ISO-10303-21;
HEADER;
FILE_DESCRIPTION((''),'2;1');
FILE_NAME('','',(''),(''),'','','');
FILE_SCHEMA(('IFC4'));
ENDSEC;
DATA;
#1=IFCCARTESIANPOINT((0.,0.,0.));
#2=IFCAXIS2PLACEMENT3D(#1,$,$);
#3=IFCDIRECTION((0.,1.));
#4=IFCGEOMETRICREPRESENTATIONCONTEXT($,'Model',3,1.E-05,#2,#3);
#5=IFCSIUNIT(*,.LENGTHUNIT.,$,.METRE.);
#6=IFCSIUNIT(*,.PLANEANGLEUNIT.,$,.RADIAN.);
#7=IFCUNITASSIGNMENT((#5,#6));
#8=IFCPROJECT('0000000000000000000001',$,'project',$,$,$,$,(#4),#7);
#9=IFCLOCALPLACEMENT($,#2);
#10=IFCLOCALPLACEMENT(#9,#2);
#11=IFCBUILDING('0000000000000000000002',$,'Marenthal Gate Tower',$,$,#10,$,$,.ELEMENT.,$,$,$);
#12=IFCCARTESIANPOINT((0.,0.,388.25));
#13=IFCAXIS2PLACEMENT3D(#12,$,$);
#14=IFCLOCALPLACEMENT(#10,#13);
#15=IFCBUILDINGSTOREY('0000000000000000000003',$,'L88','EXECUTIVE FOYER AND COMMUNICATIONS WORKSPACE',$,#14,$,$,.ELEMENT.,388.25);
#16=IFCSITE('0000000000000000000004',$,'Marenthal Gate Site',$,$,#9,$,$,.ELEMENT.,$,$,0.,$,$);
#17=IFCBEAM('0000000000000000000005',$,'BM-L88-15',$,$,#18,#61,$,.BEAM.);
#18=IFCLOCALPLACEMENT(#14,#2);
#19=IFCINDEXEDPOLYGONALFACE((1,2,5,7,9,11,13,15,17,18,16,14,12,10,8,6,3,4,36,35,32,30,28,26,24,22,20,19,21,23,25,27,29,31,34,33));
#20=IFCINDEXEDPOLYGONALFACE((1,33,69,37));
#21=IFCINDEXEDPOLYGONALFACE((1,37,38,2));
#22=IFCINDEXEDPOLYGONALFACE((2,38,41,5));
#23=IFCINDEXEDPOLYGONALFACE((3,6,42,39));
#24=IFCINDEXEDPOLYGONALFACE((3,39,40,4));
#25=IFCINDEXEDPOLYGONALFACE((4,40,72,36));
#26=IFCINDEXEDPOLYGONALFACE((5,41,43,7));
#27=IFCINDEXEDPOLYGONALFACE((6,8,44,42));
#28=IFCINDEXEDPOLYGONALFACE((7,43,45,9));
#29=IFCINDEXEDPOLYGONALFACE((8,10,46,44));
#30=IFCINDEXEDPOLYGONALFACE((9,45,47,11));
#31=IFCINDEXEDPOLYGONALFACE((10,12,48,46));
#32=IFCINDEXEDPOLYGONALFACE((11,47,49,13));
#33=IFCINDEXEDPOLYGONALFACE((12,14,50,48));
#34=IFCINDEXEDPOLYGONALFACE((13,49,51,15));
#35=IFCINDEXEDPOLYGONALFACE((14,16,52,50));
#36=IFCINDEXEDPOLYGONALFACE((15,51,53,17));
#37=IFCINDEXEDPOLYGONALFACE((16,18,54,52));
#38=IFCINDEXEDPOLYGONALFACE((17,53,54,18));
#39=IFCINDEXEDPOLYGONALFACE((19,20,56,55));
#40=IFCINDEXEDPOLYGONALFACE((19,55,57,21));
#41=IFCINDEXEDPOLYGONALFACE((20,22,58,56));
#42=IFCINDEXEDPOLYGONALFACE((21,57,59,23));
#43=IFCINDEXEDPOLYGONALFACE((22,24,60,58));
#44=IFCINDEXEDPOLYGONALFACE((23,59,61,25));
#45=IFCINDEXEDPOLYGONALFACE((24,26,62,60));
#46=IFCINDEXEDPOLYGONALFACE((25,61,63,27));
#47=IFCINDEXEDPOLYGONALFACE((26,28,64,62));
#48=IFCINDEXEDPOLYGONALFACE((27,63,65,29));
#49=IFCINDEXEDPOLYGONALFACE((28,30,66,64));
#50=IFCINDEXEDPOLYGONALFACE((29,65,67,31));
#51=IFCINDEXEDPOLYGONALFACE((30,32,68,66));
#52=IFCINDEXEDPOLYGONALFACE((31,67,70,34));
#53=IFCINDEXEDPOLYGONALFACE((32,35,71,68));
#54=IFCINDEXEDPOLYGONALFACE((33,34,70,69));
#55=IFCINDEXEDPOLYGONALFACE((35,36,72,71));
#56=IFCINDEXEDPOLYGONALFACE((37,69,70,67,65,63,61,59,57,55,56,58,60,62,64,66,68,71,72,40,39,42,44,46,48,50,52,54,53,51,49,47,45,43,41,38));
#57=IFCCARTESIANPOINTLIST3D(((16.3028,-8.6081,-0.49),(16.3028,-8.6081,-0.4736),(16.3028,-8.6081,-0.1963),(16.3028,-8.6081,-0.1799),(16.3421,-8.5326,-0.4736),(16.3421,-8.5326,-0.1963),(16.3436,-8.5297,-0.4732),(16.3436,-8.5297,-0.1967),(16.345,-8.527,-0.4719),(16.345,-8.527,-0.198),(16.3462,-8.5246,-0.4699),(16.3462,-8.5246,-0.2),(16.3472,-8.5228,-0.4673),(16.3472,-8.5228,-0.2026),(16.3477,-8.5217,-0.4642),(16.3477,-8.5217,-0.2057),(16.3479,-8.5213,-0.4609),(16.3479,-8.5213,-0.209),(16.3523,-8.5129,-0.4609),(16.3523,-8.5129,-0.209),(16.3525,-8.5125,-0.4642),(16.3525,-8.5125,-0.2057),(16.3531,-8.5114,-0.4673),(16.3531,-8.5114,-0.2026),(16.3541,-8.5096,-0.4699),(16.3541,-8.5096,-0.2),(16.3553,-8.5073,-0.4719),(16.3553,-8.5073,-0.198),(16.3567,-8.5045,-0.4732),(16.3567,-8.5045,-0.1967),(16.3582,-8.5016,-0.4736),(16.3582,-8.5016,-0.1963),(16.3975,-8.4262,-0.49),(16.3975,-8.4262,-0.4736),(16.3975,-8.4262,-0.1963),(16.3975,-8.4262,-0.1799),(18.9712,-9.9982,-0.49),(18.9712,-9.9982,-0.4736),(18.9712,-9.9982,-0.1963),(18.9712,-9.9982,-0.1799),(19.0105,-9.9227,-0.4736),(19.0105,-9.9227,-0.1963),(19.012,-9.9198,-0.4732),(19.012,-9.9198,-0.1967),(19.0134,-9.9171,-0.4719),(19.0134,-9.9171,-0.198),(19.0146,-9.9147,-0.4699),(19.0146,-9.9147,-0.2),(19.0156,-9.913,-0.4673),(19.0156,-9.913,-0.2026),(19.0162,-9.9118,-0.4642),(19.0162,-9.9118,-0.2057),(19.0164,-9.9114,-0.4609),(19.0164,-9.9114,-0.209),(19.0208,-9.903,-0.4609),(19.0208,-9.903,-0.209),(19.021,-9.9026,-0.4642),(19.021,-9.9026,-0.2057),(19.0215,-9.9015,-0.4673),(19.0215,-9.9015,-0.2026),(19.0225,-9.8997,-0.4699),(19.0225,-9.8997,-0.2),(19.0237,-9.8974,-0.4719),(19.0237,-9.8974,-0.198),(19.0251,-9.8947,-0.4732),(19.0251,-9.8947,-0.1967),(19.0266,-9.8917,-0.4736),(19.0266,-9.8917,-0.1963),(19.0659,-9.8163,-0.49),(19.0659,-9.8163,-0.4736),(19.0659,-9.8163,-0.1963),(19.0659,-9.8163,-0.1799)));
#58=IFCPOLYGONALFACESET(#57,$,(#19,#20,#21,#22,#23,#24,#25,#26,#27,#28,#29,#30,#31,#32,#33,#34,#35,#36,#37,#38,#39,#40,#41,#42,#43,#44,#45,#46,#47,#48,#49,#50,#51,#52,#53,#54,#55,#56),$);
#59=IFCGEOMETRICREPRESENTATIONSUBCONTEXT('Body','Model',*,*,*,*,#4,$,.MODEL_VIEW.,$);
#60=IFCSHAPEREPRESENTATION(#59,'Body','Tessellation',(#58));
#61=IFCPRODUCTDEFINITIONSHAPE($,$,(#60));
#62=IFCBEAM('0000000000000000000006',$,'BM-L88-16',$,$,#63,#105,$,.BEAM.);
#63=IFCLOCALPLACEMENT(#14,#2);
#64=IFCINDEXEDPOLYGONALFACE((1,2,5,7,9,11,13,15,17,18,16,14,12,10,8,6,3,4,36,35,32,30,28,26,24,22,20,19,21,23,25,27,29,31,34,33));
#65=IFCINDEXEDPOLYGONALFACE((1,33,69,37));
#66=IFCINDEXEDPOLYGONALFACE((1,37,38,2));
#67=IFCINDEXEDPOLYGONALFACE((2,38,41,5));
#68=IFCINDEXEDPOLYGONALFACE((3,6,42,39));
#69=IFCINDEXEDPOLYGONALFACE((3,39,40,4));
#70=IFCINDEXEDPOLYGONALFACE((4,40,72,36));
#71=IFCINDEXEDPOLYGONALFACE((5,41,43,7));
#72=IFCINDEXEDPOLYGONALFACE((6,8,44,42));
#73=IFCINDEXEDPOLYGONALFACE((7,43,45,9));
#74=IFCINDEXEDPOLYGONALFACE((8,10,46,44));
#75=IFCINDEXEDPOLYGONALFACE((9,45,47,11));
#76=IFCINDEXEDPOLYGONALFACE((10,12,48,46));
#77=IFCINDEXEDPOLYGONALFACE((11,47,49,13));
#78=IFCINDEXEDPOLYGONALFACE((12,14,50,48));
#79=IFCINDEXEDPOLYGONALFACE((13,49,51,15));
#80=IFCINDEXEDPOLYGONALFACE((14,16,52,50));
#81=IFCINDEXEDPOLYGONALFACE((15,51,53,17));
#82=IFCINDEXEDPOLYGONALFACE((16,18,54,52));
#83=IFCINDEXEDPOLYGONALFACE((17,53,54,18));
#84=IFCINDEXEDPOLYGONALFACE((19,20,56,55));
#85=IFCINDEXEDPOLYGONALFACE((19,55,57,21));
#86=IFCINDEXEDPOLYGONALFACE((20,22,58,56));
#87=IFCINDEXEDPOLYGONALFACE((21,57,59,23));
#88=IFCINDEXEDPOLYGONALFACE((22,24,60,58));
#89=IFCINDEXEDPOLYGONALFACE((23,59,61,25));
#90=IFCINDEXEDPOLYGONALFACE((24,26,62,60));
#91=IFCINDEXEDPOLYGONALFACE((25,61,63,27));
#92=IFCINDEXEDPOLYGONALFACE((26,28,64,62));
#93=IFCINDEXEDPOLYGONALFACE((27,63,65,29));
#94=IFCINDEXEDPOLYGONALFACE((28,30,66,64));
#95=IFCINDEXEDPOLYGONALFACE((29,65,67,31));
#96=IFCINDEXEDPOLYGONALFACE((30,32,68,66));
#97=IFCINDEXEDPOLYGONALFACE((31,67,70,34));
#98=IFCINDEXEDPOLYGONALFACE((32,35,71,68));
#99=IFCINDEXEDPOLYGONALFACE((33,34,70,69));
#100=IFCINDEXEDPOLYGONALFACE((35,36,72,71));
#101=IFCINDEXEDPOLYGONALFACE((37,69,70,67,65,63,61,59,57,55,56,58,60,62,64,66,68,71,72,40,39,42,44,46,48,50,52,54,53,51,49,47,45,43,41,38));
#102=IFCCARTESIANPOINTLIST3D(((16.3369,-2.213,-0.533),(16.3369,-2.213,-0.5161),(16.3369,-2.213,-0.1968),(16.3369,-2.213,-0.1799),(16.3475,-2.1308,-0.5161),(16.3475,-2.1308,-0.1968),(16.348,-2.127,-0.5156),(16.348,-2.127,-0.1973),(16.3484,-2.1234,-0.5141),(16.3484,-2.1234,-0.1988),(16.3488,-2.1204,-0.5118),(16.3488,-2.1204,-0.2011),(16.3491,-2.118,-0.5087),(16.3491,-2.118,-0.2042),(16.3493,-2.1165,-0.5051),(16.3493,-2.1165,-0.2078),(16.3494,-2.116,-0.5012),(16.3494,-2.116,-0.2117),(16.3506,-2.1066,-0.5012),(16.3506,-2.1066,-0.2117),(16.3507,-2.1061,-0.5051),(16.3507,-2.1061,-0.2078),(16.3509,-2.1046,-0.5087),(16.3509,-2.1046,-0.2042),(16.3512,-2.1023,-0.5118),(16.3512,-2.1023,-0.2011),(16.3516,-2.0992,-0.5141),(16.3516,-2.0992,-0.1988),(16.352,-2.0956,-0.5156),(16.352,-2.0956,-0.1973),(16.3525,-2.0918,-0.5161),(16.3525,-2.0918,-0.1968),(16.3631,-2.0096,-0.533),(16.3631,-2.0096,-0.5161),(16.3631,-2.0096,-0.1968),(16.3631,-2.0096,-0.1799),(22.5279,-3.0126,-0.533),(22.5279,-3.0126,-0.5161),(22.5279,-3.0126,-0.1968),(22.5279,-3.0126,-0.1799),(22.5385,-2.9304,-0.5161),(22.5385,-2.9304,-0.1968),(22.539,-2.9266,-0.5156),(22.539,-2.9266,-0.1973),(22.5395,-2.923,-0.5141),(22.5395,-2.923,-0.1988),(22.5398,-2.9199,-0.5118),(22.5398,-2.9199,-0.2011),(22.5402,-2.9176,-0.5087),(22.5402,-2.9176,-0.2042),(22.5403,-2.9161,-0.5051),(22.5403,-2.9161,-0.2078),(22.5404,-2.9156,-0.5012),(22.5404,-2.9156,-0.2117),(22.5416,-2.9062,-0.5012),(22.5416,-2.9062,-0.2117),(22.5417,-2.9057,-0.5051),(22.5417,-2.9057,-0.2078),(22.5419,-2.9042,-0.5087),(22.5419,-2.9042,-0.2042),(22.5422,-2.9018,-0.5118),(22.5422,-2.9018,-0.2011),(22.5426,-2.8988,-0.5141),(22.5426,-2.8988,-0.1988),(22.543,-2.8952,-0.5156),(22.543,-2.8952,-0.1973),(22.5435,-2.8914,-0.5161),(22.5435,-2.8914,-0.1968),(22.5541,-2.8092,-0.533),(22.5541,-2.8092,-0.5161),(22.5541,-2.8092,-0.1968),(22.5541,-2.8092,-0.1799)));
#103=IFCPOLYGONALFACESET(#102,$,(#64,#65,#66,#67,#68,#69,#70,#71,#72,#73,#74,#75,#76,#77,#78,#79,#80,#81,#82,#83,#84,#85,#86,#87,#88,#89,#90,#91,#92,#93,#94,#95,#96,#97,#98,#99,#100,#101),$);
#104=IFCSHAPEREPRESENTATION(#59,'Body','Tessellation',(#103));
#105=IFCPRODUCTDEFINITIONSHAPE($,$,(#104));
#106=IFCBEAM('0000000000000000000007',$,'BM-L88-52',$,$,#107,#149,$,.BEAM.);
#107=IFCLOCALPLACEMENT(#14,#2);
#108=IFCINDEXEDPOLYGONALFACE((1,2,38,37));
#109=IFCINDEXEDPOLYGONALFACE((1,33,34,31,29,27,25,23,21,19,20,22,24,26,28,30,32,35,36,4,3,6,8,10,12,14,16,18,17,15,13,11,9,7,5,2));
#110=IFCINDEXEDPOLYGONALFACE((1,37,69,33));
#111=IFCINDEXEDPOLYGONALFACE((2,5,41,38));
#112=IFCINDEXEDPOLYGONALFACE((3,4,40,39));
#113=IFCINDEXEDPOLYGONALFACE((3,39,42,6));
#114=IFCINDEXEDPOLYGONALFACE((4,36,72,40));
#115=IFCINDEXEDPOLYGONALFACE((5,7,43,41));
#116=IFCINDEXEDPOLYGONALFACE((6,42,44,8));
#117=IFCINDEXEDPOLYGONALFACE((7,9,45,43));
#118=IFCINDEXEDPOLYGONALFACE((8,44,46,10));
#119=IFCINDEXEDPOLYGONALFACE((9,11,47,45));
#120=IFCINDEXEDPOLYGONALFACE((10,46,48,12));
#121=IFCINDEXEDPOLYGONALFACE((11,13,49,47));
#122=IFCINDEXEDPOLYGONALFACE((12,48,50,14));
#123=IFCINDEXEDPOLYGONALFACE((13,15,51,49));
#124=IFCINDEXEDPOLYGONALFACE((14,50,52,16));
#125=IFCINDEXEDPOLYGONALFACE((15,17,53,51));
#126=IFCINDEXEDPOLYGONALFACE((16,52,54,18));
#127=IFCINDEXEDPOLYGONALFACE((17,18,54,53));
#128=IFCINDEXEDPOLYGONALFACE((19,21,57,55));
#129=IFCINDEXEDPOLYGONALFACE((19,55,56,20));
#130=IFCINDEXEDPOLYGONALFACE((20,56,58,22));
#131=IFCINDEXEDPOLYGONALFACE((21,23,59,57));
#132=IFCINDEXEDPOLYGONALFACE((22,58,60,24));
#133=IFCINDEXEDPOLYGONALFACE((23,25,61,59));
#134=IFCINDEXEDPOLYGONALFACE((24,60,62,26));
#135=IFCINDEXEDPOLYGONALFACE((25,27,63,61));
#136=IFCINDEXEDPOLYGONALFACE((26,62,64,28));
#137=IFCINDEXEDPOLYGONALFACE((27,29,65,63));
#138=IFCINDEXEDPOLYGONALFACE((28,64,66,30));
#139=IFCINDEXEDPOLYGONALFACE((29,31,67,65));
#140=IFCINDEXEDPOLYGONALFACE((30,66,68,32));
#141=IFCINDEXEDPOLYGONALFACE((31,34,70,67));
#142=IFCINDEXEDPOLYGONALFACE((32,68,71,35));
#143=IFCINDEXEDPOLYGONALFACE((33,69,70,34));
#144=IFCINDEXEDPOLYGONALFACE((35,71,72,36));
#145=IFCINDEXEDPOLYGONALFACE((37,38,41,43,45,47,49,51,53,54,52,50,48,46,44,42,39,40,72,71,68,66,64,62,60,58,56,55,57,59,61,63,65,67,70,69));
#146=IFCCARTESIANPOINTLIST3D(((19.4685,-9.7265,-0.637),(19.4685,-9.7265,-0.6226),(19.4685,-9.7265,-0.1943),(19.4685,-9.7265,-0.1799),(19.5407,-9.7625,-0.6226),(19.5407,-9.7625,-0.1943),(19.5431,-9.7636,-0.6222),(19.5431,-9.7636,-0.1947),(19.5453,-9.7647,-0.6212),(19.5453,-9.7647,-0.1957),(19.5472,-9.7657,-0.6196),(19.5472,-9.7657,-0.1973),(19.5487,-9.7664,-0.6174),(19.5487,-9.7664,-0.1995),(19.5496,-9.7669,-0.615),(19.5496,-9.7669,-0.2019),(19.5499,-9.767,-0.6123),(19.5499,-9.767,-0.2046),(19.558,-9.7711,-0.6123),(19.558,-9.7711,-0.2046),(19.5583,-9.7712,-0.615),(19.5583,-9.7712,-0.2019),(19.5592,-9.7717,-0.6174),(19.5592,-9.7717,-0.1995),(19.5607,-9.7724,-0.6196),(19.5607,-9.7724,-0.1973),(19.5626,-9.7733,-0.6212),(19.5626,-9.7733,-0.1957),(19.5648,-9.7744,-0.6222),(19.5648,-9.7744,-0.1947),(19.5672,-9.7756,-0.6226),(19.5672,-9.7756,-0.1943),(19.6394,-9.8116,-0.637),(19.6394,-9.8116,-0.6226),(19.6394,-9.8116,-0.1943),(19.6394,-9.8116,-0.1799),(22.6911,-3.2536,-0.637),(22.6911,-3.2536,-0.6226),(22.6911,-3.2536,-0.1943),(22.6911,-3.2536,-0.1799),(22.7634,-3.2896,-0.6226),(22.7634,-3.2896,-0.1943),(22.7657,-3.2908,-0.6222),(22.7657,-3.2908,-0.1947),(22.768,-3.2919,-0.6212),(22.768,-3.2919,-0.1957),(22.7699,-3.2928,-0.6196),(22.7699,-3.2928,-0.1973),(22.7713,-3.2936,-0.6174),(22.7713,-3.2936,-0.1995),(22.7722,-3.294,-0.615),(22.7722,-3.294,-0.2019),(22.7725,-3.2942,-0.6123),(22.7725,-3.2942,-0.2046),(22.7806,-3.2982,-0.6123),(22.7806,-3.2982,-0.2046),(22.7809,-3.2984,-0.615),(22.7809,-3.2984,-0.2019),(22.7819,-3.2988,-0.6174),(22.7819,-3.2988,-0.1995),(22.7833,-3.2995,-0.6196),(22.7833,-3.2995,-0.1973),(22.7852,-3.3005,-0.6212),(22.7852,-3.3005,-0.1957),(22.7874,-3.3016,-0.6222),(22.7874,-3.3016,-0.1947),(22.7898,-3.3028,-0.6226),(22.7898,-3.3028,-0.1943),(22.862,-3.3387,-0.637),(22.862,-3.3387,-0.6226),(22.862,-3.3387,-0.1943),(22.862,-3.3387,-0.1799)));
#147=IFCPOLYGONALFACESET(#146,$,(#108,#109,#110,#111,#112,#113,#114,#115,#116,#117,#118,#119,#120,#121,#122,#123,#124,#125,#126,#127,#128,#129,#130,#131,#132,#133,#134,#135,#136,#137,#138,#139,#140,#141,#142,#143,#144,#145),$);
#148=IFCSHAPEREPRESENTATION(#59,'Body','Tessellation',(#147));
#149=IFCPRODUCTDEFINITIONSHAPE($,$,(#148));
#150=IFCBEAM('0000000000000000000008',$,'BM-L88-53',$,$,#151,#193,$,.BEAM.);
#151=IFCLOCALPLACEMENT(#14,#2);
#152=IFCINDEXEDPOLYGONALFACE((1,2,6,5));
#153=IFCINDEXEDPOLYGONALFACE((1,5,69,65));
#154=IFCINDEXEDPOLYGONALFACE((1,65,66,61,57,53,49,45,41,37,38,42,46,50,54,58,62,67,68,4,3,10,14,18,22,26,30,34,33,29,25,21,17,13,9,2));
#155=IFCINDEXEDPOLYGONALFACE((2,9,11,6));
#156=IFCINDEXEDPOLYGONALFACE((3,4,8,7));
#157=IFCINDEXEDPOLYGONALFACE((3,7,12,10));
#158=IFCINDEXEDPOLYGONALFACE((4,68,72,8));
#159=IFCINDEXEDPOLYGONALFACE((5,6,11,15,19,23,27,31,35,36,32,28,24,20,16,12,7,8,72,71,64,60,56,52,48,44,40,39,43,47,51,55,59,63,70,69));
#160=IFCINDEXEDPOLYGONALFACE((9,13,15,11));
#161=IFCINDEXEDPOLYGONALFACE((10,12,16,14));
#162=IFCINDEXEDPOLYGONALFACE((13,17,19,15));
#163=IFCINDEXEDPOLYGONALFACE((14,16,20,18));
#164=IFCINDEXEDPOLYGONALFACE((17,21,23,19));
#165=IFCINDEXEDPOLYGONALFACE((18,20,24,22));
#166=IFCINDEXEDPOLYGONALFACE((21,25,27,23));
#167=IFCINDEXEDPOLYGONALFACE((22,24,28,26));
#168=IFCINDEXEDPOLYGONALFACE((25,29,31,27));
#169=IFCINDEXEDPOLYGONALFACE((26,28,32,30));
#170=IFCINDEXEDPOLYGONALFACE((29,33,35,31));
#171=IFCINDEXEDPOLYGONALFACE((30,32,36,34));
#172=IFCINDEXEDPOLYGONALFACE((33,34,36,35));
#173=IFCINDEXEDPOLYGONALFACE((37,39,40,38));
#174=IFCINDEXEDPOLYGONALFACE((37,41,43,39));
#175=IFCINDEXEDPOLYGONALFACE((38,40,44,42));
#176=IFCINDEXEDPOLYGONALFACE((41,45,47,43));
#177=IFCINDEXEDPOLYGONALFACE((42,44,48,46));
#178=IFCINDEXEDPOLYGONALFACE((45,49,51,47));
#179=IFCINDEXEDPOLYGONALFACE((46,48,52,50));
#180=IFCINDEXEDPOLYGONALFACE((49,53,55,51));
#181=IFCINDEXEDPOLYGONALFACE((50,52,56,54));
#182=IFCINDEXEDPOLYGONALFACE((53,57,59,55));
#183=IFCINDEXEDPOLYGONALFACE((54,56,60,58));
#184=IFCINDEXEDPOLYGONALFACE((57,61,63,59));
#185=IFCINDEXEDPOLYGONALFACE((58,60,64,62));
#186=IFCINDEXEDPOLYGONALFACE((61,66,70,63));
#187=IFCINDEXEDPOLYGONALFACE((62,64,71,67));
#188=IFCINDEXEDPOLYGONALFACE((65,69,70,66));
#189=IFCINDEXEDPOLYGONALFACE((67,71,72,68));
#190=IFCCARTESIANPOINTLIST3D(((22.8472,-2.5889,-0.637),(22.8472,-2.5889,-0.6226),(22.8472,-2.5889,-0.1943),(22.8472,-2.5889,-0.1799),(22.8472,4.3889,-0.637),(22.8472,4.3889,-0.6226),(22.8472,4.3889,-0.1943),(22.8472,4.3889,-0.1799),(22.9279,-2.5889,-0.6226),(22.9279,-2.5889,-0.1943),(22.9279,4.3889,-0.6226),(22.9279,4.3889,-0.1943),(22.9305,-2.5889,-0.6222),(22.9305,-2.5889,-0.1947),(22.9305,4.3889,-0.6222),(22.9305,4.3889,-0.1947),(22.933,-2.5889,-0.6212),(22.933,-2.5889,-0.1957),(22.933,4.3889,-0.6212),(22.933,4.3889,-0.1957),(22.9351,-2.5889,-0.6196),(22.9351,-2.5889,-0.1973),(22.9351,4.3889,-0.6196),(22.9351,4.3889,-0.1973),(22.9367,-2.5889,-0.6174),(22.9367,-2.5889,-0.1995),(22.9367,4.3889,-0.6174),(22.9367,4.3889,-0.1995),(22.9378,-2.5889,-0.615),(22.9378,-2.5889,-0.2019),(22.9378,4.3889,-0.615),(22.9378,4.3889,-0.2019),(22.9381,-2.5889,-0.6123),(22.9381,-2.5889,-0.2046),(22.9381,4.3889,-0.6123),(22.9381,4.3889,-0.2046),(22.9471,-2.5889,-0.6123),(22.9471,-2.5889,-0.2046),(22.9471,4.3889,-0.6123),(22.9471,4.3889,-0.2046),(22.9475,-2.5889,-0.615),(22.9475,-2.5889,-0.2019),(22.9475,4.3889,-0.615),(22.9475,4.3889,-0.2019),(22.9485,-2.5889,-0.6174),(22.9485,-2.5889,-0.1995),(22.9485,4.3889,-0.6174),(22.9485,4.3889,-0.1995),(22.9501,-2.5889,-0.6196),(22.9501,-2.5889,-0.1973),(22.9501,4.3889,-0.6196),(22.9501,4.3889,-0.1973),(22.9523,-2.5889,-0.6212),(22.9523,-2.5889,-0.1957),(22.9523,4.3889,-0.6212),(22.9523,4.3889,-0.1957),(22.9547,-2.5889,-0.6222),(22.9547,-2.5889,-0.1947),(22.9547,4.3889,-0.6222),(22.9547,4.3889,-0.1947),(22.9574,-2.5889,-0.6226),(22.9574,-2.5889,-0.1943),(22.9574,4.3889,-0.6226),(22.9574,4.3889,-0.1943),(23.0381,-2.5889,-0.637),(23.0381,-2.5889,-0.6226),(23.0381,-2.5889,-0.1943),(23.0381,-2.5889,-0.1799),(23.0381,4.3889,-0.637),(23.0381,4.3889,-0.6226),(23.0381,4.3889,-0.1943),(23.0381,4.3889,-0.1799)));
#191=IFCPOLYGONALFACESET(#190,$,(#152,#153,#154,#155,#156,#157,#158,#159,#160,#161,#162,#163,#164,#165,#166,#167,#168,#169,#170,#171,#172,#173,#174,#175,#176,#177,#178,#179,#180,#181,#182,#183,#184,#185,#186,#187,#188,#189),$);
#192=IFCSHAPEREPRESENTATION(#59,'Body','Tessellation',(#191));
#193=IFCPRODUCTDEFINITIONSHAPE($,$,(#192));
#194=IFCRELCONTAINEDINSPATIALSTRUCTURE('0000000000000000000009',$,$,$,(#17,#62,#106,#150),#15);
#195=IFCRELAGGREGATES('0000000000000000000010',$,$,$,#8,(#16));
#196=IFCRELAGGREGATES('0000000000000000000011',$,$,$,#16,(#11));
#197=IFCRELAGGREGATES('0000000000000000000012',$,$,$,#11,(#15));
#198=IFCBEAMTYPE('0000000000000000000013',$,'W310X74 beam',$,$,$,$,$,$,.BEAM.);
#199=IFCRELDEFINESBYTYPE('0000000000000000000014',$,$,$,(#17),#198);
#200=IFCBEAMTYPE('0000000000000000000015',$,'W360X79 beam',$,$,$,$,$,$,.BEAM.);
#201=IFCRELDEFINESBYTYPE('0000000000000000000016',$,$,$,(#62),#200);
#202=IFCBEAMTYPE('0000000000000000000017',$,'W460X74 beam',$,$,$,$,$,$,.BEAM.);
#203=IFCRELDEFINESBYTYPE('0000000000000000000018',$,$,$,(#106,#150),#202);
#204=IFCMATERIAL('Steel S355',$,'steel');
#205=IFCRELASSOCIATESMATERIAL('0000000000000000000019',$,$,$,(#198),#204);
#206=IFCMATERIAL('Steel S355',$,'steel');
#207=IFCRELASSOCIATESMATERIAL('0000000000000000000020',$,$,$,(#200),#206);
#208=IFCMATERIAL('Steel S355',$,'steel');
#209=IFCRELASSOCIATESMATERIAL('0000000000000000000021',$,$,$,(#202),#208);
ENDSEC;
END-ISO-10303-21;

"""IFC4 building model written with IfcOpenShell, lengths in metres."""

from ifc_helpers import new_model, si_unit, direction, frame, origin, origin_2d, place, context, subcontext, project, spatial, i_section, extrude, material, material_profile, profile_set, type_object, element, save


model = new_model("IFC4")

# Units and contexts
model_context = context("Model", 3, precision=1e-05, world=origin(), true_north=direction((0.0, 1.0)))
body_context = subcontext(model_context, "Body", "Model", "MODEL_VIEW")
ifc_project = project(units=[si_unit("LENGTHUNIT", "METRE"), si_unit("PLANEANGLEUNIT", "RADIAN")], contexts=[model_context])

# Site, building, storey
site_placement = place(None, origin())
site = spatial("IfcSite", under=ifc_project, at=site_placement, Name="Marenthal Gate Site", CompositionType="ELEMENT", RefElevation=0.0)
building_placement = place(site_placement, origin())
building = spatial("IfcBuilding", under=site, at=building_placement, Name="Marenthal Gate Tower", CompositionType="ELEMENT")
storey_placement = place(building_placement, frame((0.0, 0.0, 388.25)))
storey = spatial("IfcBuildingStorey", under=building, at=storey_placement, Name="L88", Description="EXECUTIVE FOYER AND COMMUNICATIONS WORKSPACE", CompositionType="ELEMENT", Elevation=388.25)

# Beams
ifc_material_1 = material(Name="Steel S355", Category="steel")
ifc_material_profile_1 = material_profile(ifc_material_1, i_section(OverallWidth=0.2051, OverallDepth=0.3101, WebThickness=0.0095, FlangeThickness=0.0164, FilletRadius=0.0127, at=origin_2d()), Name="W310X74")
ifc_profile_set_1 = profile_set([ifc_material_profile_1], Name="Steel S355")
beam_type_1 = type_object("IfcBeamType", Name="W310X74 beam", PredefinedType="BEAM", material=ifc_profile_set_1)
beam_1_placement = place(storey_placement, frame((19.0186, -9.9072, -0.335), z_axis=(-0.886871, 0.462017, 0.0), x_axis=(-0.462017, -0.886871, 0.0)))
element("IfcBeam", 1, at=beam_1_placement, inside=storey, type_object=beam_type_1, Name="BM-L88-15", PredefinedType="BEAM", context=body_context, shape_type="SweptSolid", body=[
    extrude(i_section(OverallWidth=0.2051, OverallDepth=0.3101, WebThickness=0.0095, FlangeThickness=0.0164, FilletRadius=0.0127, at=origin_2d()), origin(), (0.0, 0.0, 1.0), 3.0088),
])
ifc_material_2 = material(Name="Steel S355", Category="steel")
ifc_material_profile_2 = material_profile(ifc_material_2, i_section(OverallWidth=0.2051, OverallDepth=0.353, WebThickness=0.0095, FlangeThickness=0.0168, FilletRadius=0.0149, at=origin_2d()), Name="W360X79")
ifc_profile_set_2 = profile_set([ifc_material_profile_2], Name="Steel S355")
beam_type_2 = type_object("IfcBeamType", Name="W360X79 beam", PredefinedType="BEAM", material=ifc_profile_set_2)
beam_2_placement = place(storey_placement, frame((22.541, -2.9109, -0.3564), z_axis=(-0.991763, 0.128087, 0.0), x_axis=(-0.128087, -0.991763, 0.0)))
element("IfcBeam", 2, at=beam_2_placement, inside=storey, type_object=beam_type_2, Name="BM-L88-16", PredefinedType="BEAM", context=body_context, shape_type="SweptSolid", body=[
    extrude(i_section(OverallWidth=0.2051, OverallDepth=0.353, WebThickness=0.0095, FlangeThickness=0.0168, FilletRadius=0.0149, at=origin_2d()), origin(), (0.0, 0.0, 1.0), 6.2424),
])
ifc_material_3 = material(Name="Steel S355", Category="steel")
ifc_material_profile_3 = material_profile(ifc_material_3, i_section(OverallWidth=0.1909, OverallDepth=0.457, WebThickness=0.009, FlangeThickness=0.0144, FilletRadius=0.0103, at=origin_2d()), Name="W460X74")
ifc_profile_set_3 = profile_set([ifc_material_profile_3], Name="Steel S355")
beam_type_3 = type_object("IfcBeamType", Name="W460X74 beam", PredefinedType="BEAM", material=ifc_profile_set_3)
beam_3_placement = place(storey_placement, frame((19.554, -9.769, -0.4084), z_axis=(0.445687, 0.895189, 0.0), x_axis=(-0.895189, 0.445687, 0.0)))
element("IfcBeam", 3, at=beam_3_placement, inside=storey, type_object=beam_type_3, Name="BM-L88-52", PredefinedType="BEAM", context=body_context, shape_type="SweptSolid", body=[
    extrude(i_section(OverallWidth=0.1909, OverallDepth=0.457, WebThickness=0.009, FlangeThickness=0.0144, FilletRadius=0.0103, at=origin_2d()), origin(), (0.0, 0.0, 1.0), 7.2307),
])
beam_4_placement = place(storey_placement, frame((22.9426, -2.5889, -0.4084), z_axis=(0.0, 1.0, 0.0), x_axis=(-1.0, 0.0, 0.0)))
element("IfcBeam", 4, at=beam_4_placement, inside=storey, type_object=beam_type_3, Name="BM-L88-53", PredefinedType="BEAM", context=body_context, shape_type="SweptSolid", body=[
    extrude(i_section(OverallWidth=0.1909, OverallDepth=0.457, WebThickness=0.009, FlangeThickness=0.0144, FilletRadius=0.0103, at=origin_2d()), origin(), (0.0, 0.0, 1.0), 6.9778),
])

save(model, "model.ifc")
